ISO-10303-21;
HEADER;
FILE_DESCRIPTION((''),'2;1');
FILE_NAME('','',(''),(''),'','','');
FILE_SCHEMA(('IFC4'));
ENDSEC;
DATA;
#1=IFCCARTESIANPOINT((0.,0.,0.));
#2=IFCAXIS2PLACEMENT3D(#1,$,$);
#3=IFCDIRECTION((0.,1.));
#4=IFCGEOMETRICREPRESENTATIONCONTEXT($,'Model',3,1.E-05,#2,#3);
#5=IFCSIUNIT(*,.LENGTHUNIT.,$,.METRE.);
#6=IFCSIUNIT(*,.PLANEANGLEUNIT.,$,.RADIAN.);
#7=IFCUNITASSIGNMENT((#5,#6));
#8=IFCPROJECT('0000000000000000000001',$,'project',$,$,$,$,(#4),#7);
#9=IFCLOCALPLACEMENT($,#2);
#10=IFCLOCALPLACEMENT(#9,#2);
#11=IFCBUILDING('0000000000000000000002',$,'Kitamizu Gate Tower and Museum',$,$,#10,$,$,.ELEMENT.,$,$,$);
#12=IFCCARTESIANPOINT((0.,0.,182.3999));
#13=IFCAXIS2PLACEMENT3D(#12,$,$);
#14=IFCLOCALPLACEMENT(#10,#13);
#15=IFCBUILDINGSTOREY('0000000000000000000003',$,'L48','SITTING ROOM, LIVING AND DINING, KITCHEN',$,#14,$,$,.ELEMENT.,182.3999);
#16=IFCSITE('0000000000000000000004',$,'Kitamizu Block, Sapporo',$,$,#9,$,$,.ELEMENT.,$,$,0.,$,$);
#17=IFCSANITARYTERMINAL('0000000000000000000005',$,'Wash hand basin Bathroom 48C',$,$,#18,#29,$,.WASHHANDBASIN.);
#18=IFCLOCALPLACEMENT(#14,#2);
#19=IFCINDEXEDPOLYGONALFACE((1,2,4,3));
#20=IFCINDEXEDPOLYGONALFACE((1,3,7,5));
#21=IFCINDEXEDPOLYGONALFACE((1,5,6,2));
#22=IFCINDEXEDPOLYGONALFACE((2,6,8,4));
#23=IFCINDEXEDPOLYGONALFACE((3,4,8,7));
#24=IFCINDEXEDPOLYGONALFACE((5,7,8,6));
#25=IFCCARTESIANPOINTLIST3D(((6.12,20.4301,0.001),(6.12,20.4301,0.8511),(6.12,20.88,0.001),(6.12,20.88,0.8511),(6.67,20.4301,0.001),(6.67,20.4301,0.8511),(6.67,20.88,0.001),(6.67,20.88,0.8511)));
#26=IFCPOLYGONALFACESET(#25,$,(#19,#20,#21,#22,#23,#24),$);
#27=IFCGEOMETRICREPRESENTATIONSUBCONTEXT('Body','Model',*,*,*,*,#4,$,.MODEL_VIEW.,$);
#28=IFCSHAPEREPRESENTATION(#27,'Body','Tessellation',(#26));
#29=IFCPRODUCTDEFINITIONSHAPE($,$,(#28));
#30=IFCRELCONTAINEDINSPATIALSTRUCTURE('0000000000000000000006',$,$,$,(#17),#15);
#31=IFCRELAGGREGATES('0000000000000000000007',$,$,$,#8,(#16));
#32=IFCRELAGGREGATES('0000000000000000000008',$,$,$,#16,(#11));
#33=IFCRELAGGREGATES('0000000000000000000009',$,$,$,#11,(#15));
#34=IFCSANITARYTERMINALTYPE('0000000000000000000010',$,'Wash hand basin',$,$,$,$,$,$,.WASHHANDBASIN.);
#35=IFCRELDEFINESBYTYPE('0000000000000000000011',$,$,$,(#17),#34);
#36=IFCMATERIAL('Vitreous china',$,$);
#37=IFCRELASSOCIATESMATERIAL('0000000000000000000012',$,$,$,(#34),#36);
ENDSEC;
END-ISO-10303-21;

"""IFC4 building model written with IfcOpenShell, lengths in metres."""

from ifc_helpers import new_model, si_unit, direction, frame, origin, origin_2d, place, context, subcontext, project, spatial, rectangle, extrude, material, type_object, element, save


model = new_model("IFC4")

# Units and contexts
model_context = context("Model", 3, precision=1e-05, world=origin(), true_north=direction((0.0, 1.0)))
body_context = subcontext(model_context, "Body", "Model", "MODEL_VIEW")
ifc_project = project(units=[si_unit("LENGTHUNIT", "METRE"), si_unit("PLANEANGLEUNIT", "RADIAN")], contexts=[model_context])

# Site, building, storey
site_placement = place(None, origin())
site = spatial("IfcSite", under=ifc_project, at=site_placement, Name="Kitamizu Block, Sapporo", CompositionType="ELEMENT", RefElevation=0.0)
building_placement = place(site_placement, origin())
building = spatial("IfcBuilding", under=site, at=building_placement, Name="Kitamizu Gate Tower and Museum", CompositionType="ELEMENT")
storey_placement = place(building_placement, frame((0.0, 0.0, 182.3999)))
storey = spatial("IfcBuildingStorey", under=building, at=storey_placement, Name="L48", Description="SITTING ROOM, LIVING AND DINING, KITCHEN", CompositionType="ELEMENT", Elevation=182.3999)

# Sanitary terminal
ifc_material_1 = material(Name="Vitreous china")
sanitary_terminal_type_1 = type_object("IfcSanitaryTerminalType", Name="Wash hand basin", PredefinedType="WASHHANDBASIN", material=ifc_material_1)
sanitary_terminal_1_placement = place(storey_placement, frame((6.395, 20.655, 0.001), z_axis=(0.0, 0.0, 1.0), x_axis=(1.0, 0.0, 0.0)))
element("IfcSanitaryTerminal", 1, at=sanitary_terminal_1_placement, inside=storey, type_object=sanitary_terminal_type_1, Name="Wash hand basin Bathroom 48C", PredefinedType="WASHHANDBASIN", context=body_context, shape_type="SweptSolid", body=[
    extrude(rectangle(XDim=0.55, YDim=0.45, at=origin_2d()), origin(), (0.0, 0.0, 1.0), 0.8501),
])

save(model, "model.ifc")
